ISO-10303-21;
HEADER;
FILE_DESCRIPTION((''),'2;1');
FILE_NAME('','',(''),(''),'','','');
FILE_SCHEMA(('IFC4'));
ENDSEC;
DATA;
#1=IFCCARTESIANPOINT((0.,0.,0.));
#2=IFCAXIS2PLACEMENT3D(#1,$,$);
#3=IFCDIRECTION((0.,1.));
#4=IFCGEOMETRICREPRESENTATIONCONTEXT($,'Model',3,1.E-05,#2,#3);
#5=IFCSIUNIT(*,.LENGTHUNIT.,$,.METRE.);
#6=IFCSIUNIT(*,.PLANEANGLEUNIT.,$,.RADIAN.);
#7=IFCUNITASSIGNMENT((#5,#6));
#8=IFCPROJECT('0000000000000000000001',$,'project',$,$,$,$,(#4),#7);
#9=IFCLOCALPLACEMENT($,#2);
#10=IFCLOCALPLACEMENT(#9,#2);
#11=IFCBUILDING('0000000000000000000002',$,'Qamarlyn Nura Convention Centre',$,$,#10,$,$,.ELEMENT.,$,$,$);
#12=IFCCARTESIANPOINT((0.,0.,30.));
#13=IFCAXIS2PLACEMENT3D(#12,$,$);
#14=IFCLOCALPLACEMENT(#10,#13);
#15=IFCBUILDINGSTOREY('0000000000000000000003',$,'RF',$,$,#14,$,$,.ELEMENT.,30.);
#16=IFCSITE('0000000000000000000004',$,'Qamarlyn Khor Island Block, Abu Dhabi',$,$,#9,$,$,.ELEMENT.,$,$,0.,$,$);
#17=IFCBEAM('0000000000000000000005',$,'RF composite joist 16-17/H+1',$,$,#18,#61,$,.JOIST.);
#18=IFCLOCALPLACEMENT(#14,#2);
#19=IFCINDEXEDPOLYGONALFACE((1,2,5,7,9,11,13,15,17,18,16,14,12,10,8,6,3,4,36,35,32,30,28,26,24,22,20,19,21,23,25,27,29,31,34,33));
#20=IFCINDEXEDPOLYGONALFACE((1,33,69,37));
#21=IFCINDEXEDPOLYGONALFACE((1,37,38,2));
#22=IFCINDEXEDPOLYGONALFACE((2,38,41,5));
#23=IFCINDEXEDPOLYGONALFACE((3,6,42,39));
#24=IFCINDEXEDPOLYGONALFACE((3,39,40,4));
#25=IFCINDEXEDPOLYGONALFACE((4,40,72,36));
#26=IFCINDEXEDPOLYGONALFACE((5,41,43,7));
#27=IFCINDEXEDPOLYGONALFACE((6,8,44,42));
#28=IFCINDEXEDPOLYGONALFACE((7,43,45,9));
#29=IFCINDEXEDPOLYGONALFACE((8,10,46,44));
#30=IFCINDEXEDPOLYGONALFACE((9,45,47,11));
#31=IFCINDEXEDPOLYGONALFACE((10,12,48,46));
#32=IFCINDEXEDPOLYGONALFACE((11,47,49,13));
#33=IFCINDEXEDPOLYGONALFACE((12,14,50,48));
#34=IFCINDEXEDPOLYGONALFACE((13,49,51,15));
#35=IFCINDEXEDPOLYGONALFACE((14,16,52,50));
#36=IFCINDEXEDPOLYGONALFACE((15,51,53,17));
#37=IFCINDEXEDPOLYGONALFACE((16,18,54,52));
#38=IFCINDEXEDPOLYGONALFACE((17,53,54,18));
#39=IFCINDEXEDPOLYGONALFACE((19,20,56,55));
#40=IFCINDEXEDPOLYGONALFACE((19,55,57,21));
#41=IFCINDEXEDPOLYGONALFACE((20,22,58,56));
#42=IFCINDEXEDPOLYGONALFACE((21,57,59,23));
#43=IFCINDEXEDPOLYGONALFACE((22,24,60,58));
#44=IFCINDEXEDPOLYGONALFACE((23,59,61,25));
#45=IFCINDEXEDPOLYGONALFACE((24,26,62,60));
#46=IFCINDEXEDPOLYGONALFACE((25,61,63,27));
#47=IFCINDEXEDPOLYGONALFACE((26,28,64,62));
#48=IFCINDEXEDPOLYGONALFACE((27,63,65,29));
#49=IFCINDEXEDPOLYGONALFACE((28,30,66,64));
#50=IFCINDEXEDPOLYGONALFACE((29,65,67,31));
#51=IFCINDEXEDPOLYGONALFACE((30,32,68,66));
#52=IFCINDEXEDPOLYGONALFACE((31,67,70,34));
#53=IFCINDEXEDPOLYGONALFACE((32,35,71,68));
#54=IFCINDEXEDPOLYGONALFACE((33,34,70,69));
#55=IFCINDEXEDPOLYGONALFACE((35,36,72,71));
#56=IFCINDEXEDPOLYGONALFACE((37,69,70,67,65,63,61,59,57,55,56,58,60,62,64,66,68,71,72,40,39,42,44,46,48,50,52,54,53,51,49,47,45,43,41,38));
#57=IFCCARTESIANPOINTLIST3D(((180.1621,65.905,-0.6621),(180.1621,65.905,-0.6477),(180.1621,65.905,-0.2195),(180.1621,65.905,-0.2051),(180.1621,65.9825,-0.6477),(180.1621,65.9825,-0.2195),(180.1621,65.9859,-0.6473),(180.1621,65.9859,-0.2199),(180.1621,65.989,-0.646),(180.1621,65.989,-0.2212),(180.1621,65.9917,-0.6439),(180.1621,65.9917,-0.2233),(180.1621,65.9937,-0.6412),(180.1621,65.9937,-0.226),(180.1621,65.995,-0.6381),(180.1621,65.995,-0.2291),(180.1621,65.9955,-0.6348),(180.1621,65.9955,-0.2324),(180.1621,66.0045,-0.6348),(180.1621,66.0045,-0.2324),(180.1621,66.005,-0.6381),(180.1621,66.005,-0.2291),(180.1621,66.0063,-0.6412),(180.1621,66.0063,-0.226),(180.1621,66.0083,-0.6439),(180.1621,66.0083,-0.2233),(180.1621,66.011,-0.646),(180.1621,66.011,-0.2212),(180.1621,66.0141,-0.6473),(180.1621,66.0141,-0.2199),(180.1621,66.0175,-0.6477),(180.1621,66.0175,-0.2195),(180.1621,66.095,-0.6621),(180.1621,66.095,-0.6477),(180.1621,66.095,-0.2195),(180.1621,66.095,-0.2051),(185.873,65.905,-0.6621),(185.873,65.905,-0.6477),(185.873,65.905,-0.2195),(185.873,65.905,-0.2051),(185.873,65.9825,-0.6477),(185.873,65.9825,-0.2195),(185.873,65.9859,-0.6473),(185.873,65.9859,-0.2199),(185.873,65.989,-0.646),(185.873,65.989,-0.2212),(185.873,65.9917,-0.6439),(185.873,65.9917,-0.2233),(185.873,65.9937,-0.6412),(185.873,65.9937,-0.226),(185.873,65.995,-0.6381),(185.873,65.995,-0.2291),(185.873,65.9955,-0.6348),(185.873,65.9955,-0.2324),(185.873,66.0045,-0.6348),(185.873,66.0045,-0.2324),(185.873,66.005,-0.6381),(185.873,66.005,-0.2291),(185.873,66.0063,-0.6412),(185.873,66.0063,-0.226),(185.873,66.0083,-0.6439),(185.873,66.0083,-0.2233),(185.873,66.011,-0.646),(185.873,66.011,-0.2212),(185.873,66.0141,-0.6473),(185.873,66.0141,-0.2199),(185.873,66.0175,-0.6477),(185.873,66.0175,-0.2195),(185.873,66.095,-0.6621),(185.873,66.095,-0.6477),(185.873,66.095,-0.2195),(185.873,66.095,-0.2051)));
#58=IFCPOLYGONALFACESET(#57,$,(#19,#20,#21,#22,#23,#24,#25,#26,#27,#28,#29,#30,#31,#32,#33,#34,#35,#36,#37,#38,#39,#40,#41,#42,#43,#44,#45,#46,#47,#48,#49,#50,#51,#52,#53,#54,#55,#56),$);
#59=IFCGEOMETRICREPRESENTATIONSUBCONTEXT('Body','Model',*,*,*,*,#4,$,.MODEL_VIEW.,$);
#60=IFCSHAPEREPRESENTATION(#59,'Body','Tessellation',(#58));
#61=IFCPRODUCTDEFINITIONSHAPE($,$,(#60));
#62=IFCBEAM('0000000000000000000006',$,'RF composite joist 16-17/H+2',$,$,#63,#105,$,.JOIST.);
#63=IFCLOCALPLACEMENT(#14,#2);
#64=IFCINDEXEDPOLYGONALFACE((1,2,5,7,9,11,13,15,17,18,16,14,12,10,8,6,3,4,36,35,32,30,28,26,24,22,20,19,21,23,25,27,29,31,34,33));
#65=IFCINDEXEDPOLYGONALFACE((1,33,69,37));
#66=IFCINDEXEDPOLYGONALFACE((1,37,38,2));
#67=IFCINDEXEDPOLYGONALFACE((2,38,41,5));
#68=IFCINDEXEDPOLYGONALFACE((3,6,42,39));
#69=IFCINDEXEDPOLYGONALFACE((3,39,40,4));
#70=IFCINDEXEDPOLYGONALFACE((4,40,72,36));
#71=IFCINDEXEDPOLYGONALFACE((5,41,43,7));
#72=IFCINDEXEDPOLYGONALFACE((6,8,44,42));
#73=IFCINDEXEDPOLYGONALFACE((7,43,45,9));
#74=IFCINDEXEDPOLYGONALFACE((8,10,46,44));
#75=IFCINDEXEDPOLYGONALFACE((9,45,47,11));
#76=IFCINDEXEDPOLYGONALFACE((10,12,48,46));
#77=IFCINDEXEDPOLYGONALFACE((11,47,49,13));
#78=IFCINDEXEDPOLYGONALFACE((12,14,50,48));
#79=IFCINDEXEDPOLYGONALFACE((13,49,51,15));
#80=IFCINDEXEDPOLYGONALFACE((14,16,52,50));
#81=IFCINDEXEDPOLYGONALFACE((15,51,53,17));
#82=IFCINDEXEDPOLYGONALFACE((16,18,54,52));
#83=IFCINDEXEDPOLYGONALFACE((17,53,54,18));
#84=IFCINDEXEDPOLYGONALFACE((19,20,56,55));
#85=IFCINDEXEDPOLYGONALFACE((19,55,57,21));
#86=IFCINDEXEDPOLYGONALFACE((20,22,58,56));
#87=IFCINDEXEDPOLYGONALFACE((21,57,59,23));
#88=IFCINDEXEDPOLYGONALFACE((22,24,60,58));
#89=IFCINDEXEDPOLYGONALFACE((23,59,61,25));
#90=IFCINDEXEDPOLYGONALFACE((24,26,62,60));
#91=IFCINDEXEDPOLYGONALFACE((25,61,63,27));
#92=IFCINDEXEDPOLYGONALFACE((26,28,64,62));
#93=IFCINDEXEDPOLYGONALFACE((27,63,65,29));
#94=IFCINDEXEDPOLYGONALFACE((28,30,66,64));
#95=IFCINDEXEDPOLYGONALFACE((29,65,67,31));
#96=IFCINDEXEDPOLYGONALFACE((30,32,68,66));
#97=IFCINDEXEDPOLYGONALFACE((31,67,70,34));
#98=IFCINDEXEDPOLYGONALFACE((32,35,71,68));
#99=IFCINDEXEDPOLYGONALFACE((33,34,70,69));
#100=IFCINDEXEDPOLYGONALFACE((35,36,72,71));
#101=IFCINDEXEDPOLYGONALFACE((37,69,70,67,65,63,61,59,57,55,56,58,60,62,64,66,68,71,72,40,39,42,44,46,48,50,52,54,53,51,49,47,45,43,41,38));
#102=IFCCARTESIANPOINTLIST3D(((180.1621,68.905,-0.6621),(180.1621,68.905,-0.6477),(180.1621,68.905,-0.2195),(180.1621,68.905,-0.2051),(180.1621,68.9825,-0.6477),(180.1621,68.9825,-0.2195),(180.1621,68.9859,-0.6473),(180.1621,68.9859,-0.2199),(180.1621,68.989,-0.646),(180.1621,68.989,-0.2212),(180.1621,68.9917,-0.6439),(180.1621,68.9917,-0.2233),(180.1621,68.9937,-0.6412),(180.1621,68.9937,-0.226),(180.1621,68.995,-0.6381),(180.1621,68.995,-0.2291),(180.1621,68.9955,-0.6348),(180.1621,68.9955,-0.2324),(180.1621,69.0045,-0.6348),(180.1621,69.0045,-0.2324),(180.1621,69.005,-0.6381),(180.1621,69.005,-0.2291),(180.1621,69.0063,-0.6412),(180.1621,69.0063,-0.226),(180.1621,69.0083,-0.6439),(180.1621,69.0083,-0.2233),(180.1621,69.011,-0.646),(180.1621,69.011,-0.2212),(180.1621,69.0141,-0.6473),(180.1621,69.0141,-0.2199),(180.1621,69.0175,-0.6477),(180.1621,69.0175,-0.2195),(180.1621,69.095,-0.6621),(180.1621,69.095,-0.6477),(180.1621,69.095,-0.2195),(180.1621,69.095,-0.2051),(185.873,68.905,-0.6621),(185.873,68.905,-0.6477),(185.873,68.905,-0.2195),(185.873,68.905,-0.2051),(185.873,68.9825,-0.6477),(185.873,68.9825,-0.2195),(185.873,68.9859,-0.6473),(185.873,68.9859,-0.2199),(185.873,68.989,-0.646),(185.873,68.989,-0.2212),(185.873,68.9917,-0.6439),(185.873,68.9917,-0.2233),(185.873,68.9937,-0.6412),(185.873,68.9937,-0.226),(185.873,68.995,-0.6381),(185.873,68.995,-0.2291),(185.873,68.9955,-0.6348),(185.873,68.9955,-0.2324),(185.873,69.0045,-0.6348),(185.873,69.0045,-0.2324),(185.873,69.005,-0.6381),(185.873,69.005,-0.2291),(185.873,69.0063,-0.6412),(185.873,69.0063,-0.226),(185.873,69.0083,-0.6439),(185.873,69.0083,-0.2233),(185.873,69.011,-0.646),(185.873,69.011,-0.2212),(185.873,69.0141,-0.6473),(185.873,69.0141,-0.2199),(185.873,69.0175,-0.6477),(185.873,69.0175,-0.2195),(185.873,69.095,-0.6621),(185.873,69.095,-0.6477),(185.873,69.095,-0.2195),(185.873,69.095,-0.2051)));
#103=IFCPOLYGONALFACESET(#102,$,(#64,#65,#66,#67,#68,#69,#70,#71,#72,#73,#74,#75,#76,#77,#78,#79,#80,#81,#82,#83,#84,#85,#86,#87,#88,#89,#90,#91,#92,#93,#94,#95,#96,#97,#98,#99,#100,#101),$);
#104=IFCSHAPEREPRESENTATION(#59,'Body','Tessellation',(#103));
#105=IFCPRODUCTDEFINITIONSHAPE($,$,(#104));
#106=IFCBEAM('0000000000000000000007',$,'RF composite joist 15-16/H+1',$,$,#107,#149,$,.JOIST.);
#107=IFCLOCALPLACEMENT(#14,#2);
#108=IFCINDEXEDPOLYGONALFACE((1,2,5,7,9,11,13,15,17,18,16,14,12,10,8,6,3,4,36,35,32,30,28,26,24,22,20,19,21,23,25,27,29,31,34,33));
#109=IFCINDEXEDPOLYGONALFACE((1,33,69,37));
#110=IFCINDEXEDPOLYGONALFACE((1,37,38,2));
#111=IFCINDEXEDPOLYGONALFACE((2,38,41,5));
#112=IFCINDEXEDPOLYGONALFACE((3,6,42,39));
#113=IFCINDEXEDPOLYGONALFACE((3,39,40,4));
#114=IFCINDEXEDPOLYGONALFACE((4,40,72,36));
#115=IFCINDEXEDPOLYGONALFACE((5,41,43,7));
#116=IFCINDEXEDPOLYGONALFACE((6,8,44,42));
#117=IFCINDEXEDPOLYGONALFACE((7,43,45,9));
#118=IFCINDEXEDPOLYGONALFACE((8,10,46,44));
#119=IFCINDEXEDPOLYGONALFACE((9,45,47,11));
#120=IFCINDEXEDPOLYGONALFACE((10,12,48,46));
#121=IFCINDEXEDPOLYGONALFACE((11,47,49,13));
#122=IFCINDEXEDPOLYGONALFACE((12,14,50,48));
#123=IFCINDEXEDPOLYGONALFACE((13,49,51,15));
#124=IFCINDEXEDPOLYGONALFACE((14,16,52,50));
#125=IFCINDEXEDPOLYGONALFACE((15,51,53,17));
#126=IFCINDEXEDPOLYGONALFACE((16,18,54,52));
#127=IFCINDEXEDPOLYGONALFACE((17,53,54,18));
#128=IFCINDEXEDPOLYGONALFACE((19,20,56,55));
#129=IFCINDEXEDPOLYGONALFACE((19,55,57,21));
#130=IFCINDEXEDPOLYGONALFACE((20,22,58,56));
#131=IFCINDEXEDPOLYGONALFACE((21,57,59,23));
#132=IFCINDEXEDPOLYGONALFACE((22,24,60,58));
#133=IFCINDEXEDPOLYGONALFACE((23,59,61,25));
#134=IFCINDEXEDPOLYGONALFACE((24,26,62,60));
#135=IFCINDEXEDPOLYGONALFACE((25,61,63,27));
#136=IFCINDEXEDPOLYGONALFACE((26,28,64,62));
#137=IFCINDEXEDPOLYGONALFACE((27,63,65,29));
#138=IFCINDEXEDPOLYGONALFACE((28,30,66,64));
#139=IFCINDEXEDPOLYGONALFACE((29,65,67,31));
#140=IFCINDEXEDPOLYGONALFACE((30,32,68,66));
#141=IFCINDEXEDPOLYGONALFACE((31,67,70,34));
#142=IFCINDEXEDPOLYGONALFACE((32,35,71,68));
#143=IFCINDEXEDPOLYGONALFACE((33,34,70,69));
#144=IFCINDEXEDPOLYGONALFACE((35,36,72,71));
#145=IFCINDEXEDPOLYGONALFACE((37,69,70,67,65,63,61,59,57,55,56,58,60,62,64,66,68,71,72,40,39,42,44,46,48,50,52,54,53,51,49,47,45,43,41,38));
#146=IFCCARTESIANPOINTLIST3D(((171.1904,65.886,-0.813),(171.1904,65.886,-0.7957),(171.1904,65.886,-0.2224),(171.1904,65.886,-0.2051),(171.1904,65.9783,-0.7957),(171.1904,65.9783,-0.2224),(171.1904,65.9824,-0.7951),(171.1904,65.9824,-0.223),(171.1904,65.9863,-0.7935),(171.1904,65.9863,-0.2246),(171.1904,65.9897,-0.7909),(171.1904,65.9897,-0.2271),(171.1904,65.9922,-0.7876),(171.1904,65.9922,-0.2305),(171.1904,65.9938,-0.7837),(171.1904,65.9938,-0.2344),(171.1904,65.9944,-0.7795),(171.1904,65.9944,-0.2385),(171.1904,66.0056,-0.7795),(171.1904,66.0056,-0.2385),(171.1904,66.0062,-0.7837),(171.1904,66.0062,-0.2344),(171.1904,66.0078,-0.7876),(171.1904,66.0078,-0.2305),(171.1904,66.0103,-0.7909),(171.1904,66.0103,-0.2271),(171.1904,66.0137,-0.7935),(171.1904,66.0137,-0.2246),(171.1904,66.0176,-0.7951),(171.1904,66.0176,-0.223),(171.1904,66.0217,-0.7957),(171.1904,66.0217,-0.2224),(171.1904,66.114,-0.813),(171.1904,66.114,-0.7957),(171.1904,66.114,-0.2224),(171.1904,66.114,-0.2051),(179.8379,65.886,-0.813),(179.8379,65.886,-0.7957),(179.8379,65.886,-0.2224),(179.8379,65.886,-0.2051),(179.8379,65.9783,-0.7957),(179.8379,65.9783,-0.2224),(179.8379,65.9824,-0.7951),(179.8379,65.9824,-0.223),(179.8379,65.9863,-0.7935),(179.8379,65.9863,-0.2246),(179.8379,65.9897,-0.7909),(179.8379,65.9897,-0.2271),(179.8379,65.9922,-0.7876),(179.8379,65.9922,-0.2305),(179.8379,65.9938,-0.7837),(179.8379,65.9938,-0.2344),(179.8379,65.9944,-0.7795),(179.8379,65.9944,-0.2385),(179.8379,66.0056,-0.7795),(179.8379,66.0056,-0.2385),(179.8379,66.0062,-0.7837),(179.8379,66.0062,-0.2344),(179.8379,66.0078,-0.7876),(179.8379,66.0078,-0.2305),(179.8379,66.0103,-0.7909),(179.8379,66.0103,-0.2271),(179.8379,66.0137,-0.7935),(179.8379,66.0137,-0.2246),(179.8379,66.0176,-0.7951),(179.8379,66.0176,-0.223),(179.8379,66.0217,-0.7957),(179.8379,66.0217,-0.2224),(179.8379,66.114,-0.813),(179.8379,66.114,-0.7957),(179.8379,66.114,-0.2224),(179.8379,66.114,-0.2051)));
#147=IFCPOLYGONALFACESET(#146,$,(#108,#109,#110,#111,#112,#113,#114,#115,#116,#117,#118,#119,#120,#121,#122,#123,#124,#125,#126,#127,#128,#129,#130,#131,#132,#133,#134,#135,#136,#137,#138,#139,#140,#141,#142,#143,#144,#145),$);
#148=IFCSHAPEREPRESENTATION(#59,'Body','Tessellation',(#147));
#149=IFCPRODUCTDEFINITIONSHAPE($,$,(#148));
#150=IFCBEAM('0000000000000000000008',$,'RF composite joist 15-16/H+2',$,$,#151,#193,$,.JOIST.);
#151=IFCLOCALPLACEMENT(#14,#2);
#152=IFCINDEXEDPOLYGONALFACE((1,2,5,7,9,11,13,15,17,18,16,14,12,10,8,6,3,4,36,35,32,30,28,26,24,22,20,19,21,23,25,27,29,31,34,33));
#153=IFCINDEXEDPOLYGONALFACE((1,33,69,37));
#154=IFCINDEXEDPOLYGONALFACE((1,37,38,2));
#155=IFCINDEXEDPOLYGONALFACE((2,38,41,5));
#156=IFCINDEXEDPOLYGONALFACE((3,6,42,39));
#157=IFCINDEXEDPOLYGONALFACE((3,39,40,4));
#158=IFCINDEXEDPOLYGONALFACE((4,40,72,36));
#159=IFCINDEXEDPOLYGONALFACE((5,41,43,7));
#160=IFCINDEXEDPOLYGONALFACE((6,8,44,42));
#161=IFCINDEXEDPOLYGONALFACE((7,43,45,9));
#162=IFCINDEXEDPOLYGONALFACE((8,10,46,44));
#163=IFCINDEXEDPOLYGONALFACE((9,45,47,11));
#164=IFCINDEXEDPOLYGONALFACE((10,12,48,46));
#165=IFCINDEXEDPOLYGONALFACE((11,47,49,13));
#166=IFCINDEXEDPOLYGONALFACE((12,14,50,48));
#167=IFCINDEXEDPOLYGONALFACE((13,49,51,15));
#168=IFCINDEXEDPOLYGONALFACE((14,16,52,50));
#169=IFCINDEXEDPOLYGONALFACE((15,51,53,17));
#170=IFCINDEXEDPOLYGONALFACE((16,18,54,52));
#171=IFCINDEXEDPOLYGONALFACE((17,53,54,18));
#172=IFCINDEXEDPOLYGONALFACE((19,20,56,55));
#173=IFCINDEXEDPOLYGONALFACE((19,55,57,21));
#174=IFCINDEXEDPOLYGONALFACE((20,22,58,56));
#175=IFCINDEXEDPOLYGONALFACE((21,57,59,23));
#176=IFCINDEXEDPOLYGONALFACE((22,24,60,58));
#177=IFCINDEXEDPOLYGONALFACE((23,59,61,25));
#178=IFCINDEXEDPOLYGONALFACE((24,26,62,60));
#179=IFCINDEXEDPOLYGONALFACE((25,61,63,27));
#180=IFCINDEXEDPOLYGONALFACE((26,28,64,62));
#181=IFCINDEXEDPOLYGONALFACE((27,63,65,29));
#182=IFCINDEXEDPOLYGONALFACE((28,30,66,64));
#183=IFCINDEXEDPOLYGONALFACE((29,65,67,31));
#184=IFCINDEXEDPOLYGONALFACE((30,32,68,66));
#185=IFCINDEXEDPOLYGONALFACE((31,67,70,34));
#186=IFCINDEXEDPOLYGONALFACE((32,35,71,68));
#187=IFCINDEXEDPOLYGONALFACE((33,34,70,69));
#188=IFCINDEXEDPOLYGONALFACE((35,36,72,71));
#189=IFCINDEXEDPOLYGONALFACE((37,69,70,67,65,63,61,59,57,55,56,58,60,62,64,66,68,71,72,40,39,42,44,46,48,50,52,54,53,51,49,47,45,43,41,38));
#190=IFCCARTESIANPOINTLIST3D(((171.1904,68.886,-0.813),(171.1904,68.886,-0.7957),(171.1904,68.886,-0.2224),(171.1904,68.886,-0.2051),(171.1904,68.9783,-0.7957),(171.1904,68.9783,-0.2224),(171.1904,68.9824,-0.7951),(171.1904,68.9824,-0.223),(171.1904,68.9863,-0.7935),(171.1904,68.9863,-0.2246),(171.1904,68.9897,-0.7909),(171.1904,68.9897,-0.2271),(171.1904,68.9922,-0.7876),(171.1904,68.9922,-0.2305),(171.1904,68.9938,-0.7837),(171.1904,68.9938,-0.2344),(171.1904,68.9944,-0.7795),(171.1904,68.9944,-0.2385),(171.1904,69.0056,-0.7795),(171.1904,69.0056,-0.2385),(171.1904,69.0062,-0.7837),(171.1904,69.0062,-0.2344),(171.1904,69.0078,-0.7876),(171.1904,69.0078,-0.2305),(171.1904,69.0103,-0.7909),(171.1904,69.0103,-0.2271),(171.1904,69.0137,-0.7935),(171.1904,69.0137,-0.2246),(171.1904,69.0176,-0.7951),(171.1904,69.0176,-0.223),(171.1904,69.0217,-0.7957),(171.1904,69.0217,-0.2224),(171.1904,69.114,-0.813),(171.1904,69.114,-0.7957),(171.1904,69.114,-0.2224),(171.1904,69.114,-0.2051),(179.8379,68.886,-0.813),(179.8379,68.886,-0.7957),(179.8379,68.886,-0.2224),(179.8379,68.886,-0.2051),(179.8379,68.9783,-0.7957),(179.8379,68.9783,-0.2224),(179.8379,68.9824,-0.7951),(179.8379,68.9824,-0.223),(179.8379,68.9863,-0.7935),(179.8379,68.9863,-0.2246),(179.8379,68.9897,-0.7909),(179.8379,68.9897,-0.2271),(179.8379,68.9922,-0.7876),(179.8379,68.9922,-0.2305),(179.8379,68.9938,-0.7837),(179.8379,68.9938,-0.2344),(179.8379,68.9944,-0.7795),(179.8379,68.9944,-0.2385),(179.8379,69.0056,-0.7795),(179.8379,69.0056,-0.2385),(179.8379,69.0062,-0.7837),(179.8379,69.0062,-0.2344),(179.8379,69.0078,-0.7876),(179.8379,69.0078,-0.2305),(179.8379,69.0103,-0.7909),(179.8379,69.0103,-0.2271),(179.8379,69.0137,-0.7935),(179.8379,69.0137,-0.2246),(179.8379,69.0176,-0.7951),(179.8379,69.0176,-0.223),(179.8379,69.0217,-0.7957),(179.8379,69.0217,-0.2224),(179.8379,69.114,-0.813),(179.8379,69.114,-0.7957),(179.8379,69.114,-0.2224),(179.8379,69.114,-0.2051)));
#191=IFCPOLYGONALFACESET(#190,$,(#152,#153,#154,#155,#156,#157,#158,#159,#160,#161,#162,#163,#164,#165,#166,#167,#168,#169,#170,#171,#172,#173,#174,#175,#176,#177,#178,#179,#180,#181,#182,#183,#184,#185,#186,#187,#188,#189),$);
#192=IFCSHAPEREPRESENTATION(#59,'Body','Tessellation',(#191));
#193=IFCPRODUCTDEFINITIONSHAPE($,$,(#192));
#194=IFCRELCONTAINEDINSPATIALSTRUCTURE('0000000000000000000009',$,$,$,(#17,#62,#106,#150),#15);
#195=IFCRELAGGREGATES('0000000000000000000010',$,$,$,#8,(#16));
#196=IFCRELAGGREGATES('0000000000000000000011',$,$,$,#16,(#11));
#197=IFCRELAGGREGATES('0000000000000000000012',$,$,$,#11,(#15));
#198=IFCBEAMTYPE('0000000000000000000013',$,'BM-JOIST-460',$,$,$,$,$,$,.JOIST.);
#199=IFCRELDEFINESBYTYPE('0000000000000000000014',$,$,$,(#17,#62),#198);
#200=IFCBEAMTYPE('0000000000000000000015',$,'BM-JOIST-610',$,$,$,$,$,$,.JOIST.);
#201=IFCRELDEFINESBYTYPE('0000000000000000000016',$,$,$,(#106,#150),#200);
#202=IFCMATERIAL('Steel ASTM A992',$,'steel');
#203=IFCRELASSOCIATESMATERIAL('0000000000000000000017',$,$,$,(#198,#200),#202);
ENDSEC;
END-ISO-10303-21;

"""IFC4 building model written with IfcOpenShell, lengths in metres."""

from ifc_helpers import new_model, si_unit, direction, frame, origin, origin_2d, place, context, subcontext, project, spatial, i_section, extrude, material, material_profile, profile_set, type_object, element, save


model = new_model("IFC4")

# Units and contexts
model_context = context("Model", 3, precision=1e-05, world=origin(), true_north=direction((0.0, 1.0)))
body_context = subcontext(model_context, "Body", "Model", "MODEL_VIEW")
ifc_project = project(units=[si_unit("LENGTHUNIT", "METRE"), si_unit("PLANEANGLEUNIT", "RADIAN")], contexts=[model_context])

# Site, building, storey
site_placement = place(None, origin())
site = spatial("IfcSite", under=ifc_project, at=site_placement, Name="Qamarlyn Khor Island Block, Abu Dhabi", CompositionType="ELEMENT", RefElevation=0.0)
building_placement = place(site_placement, origin())
building = spatial("IfcBuilding", under=site, at=building_placement, Name="Qamarlyn Nura Convention Centre", CompositionType="ELEMENT")
storey_placement = place(building_placement, frame((0.0, 0.0, 30.0)))
storey = spatial("IfcBuildingStorey", under=building, at=storey_placement, Name="RF", CompositionType="ELEMENT", Elevation=30.0)

# Beams
ifc_material_1 = material(Name="Steel ASTM A992", Category="steel")
ifc_material_profile_1 = material_profile(ifc_material_1, i_section(OverallWidth=0.1899, OverallDepth=0.457, WebThickness=0.009, FlangeThickness=0.0144, FilletRadius=0.0129, at=origin_2d()), Name="W460X74")
ifc_profile_set_1 = profile_set([ifc_material_profile_1], Name="Steel ASTM A992")
beam_type_1 = type_object("IfcBeamType", Name="BM-JOIST-460", PredefinedType="JOIST", material=ifc_profile_set_1)
for number, where, z_axis, x_axis, name in (
    (1, (180.1621, 66.0, -0.4336), (1.0, 0.0, 0.0), (0.0, 1.0, 0.0), "RF composite joist 16-17/H+1"),
    (2, (180.1621, 69.0, -0.4336), (1.0, 0.0, 0.0), (0.0, 1.0, 0.0), "RF composite joist 16-17/H+2"),
):
    element("IfcBeam", number, at=place(storey_placement, frame(where, z_axis=z_axis, x_axis=x_axis)), inside=storey, type_object=beam_type_1, Name=name, PredefinedType="JOIST", context=body_context, shape_type="SweptSolid", body=[
        extrude(i_section(OverallWidth=0.1899, OverallDepth=0.457, WebThickness=0.009, FlangeThickness=0.0144, FilletRadius=0.0129, at=origin_2d()), origin(), (0.0, 0.0, 1.0), 5.7109),
    ])
ifc_material_profile_2 = material_profile(ifc_material_1, i_section(OverallWidth=0.228, OverallDepth=0.6079, WebThickness=0.0112, FlangeThickness=0.0173, FilletRadius=0.0161, at=origin_2d()), Name="W610X113")
ifc_profile_set_2 = profile_set([ifc_material_profile_2], Name="Steel ASTM A992")
beam_type_2 = type_object("IfcBeamType", Name="BM-JOIST-610", PredefinedType="JOIST", material=ifc_profile_set_2)
for number, where, z_axis, x_axis, name in (
    (3, (171.1904, 66.0, -0.509), (1.0, 0.0, 0.0), (0.0, 1.0, 0.0), "RF composite joist 15-16/H+1"),
    (4, (171.1904, 69.0, -0.509), (1.0, 0.0, 0.0), (0.0, 1.0, 0.0), "RF composite joist 15-16/H+2"),
):
    element("IfcBeam", number, at=place(storey_placement, frame(where, z_axis=z_axis, x_axis=x_axis)), inside=storey, type_object=beam_type_2, Name=name, PredefinedType="JOIST", context=body_context, shape_type="SweptSolid", body=[
        extrude(i_section(OverallWidth=0.228, OverallDepth=0.6079, WebThickness=0.0112, FlangeThickness=0.0173, FilletRadius=0.0161, at=origin_2d()), origin(), (0.0, 0.0, 1.0), 8.6475),
    ])

save(model, "model.ifc")
